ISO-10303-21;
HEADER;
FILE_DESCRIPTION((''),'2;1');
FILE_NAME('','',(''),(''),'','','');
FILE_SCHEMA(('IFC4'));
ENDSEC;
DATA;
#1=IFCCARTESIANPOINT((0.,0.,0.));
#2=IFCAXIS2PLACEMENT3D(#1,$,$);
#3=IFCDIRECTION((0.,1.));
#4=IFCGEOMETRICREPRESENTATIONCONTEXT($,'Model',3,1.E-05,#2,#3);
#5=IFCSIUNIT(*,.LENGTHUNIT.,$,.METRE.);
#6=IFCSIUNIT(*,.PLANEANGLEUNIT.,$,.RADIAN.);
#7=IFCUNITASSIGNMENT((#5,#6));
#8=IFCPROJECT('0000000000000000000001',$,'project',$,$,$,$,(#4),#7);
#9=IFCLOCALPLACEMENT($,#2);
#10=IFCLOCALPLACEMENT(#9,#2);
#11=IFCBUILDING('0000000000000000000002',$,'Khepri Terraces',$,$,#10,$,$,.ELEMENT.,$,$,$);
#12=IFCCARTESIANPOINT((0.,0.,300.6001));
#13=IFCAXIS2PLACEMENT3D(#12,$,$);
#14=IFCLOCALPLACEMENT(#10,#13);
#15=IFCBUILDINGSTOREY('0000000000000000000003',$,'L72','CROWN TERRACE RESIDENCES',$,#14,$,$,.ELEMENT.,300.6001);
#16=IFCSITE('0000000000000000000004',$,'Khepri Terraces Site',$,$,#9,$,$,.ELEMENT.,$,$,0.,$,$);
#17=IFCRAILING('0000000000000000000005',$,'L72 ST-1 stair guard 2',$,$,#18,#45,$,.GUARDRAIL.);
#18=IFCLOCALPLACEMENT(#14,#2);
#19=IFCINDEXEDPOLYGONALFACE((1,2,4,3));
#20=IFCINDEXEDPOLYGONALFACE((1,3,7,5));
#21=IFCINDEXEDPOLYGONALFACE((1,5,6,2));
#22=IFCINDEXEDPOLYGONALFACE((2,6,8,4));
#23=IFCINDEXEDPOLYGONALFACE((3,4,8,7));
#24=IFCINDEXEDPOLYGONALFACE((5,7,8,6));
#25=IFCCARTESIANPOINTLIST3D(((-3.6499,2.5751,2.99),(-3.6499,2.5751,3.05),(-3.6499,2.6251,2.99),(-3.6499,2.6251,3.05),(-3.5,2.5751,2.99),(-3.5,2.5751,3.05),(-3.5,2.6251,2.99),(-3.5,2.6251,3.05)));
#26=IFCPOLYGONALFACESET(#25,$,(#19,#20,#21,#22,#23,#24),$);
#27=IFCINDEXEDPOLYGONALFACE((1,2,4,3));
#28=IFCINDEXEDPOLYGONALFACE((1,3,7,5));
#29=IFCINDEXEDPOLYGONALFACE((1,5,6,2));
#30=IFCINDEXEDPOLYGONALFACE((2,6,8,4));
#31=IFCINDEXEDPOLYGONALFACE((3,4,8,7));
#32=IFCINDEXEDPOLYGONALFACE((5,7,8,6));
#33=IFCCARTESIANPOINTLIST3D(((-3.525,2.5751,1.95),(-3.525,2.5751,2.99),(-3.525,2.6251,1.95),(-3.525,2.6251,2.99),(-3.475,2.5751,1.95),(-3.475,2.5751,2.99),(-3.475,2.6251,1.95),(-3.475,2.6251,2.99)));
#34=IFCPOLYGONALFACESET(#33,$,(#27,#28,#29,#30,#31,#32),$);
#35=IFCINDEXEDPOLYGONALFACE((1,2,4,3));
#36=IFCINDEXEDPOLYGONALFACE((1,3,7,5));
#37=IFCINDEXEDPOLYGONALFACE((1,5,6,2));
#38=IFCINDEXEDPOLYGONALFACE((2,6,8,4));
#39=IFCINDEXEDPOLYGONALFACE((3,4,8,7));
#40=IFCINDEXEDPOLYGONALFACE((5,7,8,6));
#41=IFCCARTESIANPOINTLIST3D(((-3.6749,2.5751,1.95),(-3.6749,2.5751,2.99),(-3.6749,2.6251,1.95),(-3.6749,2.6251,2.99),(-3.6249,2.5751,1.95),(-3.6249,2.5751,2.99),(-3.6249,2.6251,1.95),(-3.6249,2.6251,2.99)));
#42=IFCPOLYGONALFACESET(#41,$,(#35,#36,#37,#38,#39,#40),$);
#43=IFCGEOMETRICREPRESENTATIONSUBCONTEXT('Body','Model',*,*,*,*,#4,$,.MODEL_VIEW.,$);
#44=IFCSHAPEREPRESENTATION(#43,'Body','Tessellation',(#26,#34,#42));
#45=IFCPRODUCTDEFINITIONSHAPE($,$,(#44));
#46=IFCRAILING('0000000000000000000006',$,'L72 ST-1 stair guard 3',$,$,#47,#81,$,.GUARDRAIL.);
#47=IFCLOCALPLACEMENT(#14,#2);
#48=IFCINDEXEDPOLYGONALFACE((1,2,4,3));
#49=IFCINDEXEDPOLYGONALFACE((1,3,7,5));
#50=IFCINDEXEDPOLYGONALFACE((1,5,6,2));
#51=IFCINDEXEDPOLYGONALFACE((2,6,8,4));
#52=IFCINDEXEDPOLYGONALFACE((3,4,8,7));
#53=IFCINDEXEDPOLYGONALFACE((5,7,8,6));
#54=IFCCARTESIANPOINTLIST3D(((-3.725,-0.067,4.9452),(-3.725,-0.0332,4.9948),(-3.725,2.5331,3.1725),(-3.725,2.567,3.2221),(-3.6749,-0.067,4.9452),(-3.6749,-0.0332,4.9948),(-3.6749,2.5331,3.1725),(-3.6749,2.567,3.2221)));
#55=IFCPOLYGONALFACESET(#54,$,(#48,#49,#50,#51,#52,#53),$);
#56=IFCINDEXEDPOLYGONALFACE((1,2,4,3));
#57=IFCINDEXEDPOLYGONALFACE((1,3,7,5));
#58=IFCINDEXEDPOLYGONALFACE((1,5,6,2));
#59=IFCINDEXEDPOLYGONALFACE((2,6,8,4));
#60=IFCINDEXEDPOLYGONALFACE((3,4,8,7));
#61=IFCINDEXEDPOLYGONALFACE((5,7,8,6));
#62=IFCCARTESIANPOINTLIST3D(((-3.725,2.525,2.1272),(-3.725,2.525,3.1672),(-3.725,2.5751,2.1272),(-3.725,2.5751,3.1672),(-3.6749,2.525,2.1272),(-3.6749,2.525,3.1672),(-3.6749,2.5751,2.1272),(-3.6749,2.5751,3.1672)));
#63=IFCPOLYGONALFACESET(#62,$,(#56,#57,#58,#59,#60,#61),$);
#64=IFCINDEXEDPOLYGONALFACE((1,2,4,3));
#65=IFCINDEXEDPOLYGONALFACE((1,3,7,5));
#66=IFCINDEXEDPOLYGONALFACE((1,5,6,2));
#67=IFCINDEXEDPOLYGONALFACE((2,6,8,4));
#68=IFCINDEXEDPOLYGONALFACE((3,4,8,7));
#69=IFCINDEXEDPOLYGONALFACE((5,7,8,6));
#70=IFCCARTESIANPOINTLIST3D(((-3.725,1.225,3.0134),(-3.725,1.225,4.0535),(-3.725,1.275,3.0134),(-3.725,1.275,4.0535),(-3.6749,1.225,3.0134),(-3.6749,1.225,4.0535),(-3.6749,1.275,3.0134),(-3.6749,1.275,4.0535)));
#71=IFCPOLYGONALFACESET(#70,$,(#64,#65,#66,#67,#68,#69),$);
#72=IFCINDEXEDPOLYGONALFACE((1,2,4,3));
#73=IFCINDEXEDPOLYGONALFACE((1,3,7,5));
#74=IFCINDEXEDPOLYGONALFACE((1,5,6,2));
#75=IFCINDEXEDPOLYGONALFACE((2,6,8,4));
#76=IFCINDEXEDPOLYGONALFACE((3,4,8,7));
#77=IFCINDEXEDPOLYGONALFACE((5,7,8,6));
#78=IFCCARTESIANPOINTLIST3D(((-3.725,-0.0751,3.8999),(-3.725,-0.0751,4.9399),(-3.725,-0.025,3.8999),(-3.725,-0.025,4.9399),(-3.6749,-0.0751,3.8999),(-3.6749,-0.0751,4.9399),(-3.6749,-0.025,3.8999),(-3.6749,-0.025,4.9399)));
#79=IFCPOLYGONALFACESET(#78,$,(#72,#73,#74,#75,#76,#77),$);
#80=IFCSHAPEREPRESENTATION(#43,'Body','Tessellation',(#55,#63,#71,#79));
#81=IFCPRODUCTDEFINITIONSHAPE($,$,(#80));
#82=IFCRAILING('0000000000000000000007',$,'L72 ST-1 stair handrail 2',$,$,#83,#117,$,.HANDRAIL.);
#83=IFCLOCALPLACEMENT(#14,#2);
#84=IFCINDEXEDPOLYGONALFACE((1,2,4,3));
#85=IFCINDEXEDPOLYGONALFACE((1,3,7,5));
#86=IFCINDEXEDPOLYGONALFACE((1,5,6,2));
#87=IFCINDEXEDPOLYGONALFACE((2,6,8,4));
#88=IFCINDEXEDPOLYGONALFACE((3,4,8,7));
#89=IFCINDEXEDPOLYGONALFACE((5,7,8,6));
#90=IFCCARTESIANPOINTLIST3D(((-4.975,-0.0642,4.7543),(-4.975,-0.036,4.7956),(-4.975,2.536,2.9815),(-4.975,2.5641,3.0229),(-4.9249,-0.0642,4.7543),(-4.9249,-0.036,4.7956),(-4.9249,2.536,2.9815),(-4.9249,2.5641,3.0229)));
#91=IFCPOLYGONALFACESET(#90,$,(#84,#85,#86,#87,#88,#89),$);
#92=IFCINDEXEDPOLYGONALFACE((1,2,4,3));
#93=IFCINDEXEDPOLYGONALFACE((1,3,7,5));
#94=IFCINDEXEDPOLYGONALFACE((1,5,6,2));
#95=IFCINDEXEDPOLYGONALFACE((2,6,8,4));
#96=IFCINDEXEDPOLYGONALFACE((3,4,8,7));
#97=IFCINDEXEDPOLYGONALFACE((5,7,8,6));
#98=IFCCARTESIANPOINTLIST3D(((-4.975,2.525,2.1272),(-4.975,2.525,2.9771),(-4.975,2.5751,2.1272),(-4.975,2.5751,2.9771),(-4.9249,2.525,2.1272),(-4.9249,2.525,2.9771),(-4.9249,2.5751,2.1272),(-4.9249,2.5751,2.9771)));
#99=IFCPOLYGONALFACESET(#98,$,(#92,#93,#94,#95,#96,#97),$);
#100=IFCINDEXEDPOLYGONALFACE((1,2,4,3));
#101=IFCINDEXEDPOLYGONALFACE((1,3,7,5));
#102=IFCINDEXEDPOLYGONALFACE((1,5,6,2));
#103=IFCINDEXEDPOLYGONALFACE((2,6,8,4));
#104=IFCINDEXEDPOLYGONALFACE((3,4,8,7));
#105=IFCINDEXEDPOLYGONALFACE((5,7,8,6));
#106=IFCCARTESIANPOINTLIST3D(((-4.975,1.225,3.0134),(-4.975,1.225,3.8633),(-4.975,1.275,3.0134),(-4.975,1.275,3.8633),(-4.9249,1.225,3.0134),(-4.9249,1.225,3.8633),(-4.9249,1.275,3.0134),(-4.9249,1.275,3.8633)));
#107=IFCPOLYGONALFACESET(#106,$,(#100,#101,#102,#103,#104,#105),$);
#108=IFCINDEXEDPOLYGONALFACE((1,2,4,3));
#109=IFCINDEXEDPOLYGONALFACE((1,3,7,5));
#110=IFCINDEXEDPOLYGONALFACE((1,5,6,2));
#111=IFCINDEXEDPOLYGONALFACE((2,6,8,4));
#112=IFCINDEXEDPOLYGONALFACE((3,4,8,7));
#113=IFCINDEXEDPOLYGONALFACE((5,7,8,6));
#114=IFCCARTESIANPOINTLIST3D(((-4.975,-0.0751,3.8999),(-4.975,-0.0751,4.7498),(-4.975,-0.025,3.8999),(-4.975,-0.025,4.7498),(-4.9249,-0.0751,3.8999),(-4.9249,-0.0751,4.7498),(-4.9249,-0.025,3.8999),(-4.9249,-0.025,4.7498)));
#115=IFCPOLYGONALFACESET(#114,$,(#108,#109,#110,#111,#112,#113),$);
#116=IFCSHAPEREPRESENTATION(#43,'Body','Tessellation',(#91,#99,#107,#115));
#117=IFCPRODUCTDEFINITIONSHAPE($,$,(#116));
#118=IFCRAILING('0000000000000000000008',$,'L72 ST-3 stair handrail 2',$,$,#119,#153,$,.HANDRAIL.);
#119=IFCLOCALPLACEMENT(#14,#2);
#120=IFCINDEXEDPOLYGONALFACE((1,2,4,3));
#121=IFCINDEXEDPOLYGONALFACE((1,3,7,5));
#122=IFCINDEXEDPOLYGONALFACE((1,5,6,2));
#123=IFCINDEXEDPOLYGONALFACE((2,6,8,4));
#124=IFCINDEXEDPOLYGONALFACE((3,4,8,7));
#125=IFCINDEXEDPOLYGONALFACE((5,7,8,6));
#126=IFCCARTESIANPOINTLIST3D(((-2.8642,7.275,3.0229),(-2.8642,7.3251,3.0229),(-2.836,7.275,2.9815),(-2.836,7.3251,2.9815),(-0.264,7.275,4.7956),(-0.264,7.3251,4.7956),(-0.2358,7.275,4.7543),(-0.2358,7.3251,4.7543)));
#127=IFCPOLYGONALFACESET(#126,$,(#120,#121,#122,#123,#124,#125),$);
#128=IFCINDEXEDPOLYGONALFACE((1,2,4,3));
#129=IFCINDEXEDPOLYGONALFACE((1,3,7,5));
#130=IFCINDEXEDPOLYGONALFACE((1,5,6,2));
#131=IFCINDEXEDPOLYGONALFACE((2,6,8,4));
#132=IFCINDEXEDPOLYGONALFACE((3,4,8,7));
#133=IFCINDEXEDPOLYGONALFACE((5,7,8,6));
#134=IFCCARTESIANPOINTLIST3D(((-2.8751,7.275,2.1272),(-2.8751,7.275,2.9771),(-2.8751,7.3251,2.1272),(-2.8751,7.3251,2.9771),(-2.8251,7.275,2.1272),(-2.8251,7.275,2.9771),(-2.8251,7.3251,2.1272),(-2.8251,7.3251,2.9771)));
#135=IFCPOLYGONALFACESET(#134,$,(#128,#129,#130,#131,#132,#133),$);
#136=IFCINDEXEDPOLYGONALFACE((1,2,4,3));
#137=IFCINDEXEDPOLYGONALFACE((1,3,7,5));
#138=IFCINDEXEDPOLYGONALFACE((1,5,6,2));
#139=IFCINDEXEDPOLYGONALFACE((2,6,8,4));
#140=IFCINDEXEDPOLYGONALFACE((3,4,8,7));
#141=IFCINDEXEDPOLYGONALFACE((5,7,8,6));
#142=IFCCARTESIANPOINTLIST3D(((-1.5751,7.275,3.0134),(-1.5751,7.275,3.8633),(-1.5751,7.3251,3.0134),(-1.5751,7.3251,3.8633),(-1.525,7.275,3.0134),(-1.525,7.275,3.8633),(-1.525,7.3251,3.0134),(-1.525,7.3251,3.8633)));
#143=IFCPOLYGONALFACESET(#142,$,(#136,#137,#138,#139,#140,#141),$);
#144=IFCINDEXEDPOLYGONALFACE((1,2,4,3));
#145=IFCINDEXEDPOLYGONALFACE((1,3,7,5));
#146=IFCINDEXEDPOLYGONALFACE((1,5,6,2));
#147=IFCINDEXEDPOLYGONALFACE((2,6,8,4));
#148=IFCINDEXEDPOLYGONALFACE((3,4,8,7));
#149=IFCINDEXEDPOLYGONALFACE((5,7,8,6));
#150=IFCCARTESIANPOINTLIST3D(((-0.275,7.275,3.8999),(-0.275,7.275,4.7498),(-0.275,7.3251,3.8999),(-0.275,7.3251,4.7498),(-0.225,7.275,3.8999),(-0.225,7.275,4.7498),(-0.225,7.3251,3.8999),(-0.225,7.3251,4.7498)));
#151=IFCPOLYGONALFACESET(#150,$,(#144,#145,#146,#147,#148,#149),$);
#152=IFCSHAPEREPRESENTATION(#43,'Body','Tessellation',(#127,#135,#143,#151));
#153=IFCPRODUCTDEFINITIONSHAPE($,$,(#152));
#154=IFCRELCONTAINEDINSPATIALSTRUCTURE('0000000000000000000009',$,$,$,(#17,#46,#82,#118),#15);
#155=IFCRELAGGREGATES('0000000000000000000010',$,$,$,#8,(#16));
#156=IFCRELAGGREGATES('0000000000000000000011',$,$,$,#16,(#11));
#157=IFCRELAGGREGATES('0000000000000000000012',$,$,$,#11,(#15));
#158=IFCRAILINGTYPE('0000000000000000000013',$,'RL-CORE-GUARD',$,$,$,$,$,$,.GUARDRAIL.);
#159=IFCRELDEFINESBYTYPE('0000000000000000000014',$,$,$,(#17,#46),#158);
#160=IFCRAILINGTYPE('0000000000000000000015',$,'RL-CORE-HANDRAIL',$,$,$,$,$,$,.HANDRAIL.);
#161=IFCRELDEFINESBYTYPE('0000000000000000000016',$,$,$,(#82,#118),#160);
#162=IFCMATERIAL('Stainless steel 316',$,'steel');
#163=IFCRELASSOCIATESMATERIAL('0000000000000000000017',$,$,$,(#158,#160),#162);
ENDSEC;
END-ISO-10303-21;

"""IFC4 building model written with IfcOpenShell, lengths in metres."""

from ifc_helpers import new_model, si_unit, direction, frame, origin, origin_2d, place, context, subcontext, project, spatial, rectangle, extrude, material, type_object, element, save


model = new_model("IFC4")

# Units and contexts
model_context = context("Model", 3, precision=1e-05, world=origin(), true_north=direction((0.0, 1.0)))
body_context = subcontext(model_context, "Body", "Model", "MODEL_VIEW")
ifc_project = project(units=[si_unit("LENGTHUNIT", "METRE"), si_unit("PLANEANGLEUNIT", "RADIAN")], contexts=[model_context])

# Site, building, storey
site_placement = place(None, origin())
site = spatial("IfcSite", under=ifc_project, at=site_placement, Name="Khepri Terraces Site", CompositionType="ELEMENT", RefElevation=0.0)
building_placement = place(site_placement, origin())
building = spatial("IfcBuilding", under=site, at=building_placement, Name="Khepri Terraces", CompositionType="ELEMENT")
storey_placement = place(building_placement, frame((0.0, 0.0, 300.6001)))
storey = spatial("IfcBuildingStorey", under=building, at=storey_placement, Name="L72", Description="CROWN TERRACE RESIDENCES", CompositionType="ELEMENT", Elevation=300.6001)

# Railings
ifc_material_1 = material(Name="Stainless steel 316", Category="steel")
railing_type_1 = type_object("IfcRailingType", Name="RL-CORE-GUARD", PredefinedType="GUARDRAIL", material=ifc_material_1)
railing_1_placement = place(storey_placement, frame((-3.5, 2.6001, 1.95)))
element("IfcRailing", 1, at=railing_1_placement, inside=storey, type_object=railing_type_1, Name="L72 ST-1 stair guard 2", PredefinedType="GUARDRAIL", context=body_context, shape_type="SweptSolid", body=[
    extrude(rectangle(XDim=0.05, YDim=0.0601, at=origin_2d()), frame((0.0, 0.0, 1.0701), z_axis=(-1.0, 0.0, 0.0), x_axis=(0.0, -1.0, 0.0)), (0.0, 0.0, 1.0), 0.1499),
    extrude(rectangle(XDim=0.05, YDim=0.05, at=origin_2d()), origin(), (0.0, 0.0, 1.0), 1.04),
    extrude(rectangle(XDim=0.05, YDim=0.05, at=origin_2d()), frame((-0.1499, 0.0, 0.0)), (0.0, 0.0, 1.0), 1.04),
])
railing_2_placement = place(storey_placement, frame((-3.7, 2.55, 2.1272)))
element("IfcRailing", 2, at=railing_2_placement, inside=storey, type_object=railing_type_1, Name="L72 ST-1 stair guard 3", PredefinedType="GUARDRAIL", context=body_context, shape_type="SweptSolid", body=[
    extrude(rectangle(XDim=0.05, YDim=0.0601, at=origin_2d()), frame((0.0, 0.0, 1.0701), z_axis=(0.0, -0.82624, 0.563318), x_axis=(1.0, 0.0, 0.0)), (0.0, 0.0, 1.0), 3.147),
    extrude(rectangle(XDim=0.05, YDim=0.05, at=origin_2d()), origin(), (0.0, 0.0, 1.0), 1.04),
    extrude(rectangle(XDim=0.05, YDim=0.05, at=origin_2d()), frame((0.0, -1.3, 0.8862)), (0.0, 0.0, 1.0), 1.04),
    extrude(rectangle(XDim=0.05, YDim=0.05, at=origin_2d()), frame((0.0, -2.6001, 1.7727)), (0.0, 0.0, 1.0), 1.04),
])
railing_type_2 = type_object("IfcRailingType", Name="RL-CORE-HANDRAIL", PredefinedType="HANDRAIL", material=ifc_material_1)
railing_3_placement = place(storey_placement, frame((-4.95, 2.55, 2.1272)))
element("IfcRailing", 3, at=railing_3_placement, inside=storey, type_object=railing_type_2, Name="L72 ST-1 stair handrail 2", PredefinedType="HANDRAIL", context=body_context, shape_type="SweptSolid", body=[
    extrude(rectangle(XDim=0.05, YDim=0.05, at=origin_2d()), frame((0.0, 0.0, 0.875), z_axis=(0.0, -0.82624, 0.563318), x_axis=(1.0, 0.0, 0.0)), (0.0, 0.0, 1.0), 3.147),
    extrude(rectangle(XDim=0.05, YDim=0.05, at=origin_2d()), origin(), (0.0, 0.0, 1.0), 0.8499),
    extrude(rectangle(XDim=0.05, YDim=0.05, at=origin_2d()), frame((0.0, -1.3, 0.8862)), (0.0, 0.0, 1.0), 0.8499),
    extrude(rectangle(XDim=0.05, YDim=0.05, at=origin_2d()), frame((0.0, -2.6001, 1.7727)), (0.0, 0.0, 1.0), 0.8499),
])
railing_4_placement = place(storey_placement, frame((-2.8501, 7.3, 2.1272)))
element("IfcRailing", 4, at=railing_4_placement, inside=storey, type_object=railing_type_2, Name="L72 ST-3 stair handrail 2", PredefinedType="HANDRAIL", context=body_context, shape_type="SweptSolid", body=[
    extrude(rectangle(XDim=0.05, YDim=0.05, at=origin_2d()), frame((0.0, 0.0, 0.875), z_axis=(0.82624, 0.0, 0.563318), x_axis=(0.0, 1.0, 0.0)), (0.0, 0.0, 1.0), 3.147),
    extrude(rectangle(XDim=0.05, YDim=0.05, at=origin_2d()), origin(), (0.0, 0.0, 1.0), 0.8499),
    extrude(rectangle(XDim=0.05, YDim=0.05, at=origin_2d()), frame((1.3, 0.0, 0.8862)), (0.0, 0.0, 1.0), 0.8499),
    extrude(rectangle(XDim=0.05, YDim=0.05, at=origin_2d()), frame((2.6001, 0.0, 1.7727)), (0.0, 0.0, 1.0), 0.8499),
])

save(model, "model.ifc")
